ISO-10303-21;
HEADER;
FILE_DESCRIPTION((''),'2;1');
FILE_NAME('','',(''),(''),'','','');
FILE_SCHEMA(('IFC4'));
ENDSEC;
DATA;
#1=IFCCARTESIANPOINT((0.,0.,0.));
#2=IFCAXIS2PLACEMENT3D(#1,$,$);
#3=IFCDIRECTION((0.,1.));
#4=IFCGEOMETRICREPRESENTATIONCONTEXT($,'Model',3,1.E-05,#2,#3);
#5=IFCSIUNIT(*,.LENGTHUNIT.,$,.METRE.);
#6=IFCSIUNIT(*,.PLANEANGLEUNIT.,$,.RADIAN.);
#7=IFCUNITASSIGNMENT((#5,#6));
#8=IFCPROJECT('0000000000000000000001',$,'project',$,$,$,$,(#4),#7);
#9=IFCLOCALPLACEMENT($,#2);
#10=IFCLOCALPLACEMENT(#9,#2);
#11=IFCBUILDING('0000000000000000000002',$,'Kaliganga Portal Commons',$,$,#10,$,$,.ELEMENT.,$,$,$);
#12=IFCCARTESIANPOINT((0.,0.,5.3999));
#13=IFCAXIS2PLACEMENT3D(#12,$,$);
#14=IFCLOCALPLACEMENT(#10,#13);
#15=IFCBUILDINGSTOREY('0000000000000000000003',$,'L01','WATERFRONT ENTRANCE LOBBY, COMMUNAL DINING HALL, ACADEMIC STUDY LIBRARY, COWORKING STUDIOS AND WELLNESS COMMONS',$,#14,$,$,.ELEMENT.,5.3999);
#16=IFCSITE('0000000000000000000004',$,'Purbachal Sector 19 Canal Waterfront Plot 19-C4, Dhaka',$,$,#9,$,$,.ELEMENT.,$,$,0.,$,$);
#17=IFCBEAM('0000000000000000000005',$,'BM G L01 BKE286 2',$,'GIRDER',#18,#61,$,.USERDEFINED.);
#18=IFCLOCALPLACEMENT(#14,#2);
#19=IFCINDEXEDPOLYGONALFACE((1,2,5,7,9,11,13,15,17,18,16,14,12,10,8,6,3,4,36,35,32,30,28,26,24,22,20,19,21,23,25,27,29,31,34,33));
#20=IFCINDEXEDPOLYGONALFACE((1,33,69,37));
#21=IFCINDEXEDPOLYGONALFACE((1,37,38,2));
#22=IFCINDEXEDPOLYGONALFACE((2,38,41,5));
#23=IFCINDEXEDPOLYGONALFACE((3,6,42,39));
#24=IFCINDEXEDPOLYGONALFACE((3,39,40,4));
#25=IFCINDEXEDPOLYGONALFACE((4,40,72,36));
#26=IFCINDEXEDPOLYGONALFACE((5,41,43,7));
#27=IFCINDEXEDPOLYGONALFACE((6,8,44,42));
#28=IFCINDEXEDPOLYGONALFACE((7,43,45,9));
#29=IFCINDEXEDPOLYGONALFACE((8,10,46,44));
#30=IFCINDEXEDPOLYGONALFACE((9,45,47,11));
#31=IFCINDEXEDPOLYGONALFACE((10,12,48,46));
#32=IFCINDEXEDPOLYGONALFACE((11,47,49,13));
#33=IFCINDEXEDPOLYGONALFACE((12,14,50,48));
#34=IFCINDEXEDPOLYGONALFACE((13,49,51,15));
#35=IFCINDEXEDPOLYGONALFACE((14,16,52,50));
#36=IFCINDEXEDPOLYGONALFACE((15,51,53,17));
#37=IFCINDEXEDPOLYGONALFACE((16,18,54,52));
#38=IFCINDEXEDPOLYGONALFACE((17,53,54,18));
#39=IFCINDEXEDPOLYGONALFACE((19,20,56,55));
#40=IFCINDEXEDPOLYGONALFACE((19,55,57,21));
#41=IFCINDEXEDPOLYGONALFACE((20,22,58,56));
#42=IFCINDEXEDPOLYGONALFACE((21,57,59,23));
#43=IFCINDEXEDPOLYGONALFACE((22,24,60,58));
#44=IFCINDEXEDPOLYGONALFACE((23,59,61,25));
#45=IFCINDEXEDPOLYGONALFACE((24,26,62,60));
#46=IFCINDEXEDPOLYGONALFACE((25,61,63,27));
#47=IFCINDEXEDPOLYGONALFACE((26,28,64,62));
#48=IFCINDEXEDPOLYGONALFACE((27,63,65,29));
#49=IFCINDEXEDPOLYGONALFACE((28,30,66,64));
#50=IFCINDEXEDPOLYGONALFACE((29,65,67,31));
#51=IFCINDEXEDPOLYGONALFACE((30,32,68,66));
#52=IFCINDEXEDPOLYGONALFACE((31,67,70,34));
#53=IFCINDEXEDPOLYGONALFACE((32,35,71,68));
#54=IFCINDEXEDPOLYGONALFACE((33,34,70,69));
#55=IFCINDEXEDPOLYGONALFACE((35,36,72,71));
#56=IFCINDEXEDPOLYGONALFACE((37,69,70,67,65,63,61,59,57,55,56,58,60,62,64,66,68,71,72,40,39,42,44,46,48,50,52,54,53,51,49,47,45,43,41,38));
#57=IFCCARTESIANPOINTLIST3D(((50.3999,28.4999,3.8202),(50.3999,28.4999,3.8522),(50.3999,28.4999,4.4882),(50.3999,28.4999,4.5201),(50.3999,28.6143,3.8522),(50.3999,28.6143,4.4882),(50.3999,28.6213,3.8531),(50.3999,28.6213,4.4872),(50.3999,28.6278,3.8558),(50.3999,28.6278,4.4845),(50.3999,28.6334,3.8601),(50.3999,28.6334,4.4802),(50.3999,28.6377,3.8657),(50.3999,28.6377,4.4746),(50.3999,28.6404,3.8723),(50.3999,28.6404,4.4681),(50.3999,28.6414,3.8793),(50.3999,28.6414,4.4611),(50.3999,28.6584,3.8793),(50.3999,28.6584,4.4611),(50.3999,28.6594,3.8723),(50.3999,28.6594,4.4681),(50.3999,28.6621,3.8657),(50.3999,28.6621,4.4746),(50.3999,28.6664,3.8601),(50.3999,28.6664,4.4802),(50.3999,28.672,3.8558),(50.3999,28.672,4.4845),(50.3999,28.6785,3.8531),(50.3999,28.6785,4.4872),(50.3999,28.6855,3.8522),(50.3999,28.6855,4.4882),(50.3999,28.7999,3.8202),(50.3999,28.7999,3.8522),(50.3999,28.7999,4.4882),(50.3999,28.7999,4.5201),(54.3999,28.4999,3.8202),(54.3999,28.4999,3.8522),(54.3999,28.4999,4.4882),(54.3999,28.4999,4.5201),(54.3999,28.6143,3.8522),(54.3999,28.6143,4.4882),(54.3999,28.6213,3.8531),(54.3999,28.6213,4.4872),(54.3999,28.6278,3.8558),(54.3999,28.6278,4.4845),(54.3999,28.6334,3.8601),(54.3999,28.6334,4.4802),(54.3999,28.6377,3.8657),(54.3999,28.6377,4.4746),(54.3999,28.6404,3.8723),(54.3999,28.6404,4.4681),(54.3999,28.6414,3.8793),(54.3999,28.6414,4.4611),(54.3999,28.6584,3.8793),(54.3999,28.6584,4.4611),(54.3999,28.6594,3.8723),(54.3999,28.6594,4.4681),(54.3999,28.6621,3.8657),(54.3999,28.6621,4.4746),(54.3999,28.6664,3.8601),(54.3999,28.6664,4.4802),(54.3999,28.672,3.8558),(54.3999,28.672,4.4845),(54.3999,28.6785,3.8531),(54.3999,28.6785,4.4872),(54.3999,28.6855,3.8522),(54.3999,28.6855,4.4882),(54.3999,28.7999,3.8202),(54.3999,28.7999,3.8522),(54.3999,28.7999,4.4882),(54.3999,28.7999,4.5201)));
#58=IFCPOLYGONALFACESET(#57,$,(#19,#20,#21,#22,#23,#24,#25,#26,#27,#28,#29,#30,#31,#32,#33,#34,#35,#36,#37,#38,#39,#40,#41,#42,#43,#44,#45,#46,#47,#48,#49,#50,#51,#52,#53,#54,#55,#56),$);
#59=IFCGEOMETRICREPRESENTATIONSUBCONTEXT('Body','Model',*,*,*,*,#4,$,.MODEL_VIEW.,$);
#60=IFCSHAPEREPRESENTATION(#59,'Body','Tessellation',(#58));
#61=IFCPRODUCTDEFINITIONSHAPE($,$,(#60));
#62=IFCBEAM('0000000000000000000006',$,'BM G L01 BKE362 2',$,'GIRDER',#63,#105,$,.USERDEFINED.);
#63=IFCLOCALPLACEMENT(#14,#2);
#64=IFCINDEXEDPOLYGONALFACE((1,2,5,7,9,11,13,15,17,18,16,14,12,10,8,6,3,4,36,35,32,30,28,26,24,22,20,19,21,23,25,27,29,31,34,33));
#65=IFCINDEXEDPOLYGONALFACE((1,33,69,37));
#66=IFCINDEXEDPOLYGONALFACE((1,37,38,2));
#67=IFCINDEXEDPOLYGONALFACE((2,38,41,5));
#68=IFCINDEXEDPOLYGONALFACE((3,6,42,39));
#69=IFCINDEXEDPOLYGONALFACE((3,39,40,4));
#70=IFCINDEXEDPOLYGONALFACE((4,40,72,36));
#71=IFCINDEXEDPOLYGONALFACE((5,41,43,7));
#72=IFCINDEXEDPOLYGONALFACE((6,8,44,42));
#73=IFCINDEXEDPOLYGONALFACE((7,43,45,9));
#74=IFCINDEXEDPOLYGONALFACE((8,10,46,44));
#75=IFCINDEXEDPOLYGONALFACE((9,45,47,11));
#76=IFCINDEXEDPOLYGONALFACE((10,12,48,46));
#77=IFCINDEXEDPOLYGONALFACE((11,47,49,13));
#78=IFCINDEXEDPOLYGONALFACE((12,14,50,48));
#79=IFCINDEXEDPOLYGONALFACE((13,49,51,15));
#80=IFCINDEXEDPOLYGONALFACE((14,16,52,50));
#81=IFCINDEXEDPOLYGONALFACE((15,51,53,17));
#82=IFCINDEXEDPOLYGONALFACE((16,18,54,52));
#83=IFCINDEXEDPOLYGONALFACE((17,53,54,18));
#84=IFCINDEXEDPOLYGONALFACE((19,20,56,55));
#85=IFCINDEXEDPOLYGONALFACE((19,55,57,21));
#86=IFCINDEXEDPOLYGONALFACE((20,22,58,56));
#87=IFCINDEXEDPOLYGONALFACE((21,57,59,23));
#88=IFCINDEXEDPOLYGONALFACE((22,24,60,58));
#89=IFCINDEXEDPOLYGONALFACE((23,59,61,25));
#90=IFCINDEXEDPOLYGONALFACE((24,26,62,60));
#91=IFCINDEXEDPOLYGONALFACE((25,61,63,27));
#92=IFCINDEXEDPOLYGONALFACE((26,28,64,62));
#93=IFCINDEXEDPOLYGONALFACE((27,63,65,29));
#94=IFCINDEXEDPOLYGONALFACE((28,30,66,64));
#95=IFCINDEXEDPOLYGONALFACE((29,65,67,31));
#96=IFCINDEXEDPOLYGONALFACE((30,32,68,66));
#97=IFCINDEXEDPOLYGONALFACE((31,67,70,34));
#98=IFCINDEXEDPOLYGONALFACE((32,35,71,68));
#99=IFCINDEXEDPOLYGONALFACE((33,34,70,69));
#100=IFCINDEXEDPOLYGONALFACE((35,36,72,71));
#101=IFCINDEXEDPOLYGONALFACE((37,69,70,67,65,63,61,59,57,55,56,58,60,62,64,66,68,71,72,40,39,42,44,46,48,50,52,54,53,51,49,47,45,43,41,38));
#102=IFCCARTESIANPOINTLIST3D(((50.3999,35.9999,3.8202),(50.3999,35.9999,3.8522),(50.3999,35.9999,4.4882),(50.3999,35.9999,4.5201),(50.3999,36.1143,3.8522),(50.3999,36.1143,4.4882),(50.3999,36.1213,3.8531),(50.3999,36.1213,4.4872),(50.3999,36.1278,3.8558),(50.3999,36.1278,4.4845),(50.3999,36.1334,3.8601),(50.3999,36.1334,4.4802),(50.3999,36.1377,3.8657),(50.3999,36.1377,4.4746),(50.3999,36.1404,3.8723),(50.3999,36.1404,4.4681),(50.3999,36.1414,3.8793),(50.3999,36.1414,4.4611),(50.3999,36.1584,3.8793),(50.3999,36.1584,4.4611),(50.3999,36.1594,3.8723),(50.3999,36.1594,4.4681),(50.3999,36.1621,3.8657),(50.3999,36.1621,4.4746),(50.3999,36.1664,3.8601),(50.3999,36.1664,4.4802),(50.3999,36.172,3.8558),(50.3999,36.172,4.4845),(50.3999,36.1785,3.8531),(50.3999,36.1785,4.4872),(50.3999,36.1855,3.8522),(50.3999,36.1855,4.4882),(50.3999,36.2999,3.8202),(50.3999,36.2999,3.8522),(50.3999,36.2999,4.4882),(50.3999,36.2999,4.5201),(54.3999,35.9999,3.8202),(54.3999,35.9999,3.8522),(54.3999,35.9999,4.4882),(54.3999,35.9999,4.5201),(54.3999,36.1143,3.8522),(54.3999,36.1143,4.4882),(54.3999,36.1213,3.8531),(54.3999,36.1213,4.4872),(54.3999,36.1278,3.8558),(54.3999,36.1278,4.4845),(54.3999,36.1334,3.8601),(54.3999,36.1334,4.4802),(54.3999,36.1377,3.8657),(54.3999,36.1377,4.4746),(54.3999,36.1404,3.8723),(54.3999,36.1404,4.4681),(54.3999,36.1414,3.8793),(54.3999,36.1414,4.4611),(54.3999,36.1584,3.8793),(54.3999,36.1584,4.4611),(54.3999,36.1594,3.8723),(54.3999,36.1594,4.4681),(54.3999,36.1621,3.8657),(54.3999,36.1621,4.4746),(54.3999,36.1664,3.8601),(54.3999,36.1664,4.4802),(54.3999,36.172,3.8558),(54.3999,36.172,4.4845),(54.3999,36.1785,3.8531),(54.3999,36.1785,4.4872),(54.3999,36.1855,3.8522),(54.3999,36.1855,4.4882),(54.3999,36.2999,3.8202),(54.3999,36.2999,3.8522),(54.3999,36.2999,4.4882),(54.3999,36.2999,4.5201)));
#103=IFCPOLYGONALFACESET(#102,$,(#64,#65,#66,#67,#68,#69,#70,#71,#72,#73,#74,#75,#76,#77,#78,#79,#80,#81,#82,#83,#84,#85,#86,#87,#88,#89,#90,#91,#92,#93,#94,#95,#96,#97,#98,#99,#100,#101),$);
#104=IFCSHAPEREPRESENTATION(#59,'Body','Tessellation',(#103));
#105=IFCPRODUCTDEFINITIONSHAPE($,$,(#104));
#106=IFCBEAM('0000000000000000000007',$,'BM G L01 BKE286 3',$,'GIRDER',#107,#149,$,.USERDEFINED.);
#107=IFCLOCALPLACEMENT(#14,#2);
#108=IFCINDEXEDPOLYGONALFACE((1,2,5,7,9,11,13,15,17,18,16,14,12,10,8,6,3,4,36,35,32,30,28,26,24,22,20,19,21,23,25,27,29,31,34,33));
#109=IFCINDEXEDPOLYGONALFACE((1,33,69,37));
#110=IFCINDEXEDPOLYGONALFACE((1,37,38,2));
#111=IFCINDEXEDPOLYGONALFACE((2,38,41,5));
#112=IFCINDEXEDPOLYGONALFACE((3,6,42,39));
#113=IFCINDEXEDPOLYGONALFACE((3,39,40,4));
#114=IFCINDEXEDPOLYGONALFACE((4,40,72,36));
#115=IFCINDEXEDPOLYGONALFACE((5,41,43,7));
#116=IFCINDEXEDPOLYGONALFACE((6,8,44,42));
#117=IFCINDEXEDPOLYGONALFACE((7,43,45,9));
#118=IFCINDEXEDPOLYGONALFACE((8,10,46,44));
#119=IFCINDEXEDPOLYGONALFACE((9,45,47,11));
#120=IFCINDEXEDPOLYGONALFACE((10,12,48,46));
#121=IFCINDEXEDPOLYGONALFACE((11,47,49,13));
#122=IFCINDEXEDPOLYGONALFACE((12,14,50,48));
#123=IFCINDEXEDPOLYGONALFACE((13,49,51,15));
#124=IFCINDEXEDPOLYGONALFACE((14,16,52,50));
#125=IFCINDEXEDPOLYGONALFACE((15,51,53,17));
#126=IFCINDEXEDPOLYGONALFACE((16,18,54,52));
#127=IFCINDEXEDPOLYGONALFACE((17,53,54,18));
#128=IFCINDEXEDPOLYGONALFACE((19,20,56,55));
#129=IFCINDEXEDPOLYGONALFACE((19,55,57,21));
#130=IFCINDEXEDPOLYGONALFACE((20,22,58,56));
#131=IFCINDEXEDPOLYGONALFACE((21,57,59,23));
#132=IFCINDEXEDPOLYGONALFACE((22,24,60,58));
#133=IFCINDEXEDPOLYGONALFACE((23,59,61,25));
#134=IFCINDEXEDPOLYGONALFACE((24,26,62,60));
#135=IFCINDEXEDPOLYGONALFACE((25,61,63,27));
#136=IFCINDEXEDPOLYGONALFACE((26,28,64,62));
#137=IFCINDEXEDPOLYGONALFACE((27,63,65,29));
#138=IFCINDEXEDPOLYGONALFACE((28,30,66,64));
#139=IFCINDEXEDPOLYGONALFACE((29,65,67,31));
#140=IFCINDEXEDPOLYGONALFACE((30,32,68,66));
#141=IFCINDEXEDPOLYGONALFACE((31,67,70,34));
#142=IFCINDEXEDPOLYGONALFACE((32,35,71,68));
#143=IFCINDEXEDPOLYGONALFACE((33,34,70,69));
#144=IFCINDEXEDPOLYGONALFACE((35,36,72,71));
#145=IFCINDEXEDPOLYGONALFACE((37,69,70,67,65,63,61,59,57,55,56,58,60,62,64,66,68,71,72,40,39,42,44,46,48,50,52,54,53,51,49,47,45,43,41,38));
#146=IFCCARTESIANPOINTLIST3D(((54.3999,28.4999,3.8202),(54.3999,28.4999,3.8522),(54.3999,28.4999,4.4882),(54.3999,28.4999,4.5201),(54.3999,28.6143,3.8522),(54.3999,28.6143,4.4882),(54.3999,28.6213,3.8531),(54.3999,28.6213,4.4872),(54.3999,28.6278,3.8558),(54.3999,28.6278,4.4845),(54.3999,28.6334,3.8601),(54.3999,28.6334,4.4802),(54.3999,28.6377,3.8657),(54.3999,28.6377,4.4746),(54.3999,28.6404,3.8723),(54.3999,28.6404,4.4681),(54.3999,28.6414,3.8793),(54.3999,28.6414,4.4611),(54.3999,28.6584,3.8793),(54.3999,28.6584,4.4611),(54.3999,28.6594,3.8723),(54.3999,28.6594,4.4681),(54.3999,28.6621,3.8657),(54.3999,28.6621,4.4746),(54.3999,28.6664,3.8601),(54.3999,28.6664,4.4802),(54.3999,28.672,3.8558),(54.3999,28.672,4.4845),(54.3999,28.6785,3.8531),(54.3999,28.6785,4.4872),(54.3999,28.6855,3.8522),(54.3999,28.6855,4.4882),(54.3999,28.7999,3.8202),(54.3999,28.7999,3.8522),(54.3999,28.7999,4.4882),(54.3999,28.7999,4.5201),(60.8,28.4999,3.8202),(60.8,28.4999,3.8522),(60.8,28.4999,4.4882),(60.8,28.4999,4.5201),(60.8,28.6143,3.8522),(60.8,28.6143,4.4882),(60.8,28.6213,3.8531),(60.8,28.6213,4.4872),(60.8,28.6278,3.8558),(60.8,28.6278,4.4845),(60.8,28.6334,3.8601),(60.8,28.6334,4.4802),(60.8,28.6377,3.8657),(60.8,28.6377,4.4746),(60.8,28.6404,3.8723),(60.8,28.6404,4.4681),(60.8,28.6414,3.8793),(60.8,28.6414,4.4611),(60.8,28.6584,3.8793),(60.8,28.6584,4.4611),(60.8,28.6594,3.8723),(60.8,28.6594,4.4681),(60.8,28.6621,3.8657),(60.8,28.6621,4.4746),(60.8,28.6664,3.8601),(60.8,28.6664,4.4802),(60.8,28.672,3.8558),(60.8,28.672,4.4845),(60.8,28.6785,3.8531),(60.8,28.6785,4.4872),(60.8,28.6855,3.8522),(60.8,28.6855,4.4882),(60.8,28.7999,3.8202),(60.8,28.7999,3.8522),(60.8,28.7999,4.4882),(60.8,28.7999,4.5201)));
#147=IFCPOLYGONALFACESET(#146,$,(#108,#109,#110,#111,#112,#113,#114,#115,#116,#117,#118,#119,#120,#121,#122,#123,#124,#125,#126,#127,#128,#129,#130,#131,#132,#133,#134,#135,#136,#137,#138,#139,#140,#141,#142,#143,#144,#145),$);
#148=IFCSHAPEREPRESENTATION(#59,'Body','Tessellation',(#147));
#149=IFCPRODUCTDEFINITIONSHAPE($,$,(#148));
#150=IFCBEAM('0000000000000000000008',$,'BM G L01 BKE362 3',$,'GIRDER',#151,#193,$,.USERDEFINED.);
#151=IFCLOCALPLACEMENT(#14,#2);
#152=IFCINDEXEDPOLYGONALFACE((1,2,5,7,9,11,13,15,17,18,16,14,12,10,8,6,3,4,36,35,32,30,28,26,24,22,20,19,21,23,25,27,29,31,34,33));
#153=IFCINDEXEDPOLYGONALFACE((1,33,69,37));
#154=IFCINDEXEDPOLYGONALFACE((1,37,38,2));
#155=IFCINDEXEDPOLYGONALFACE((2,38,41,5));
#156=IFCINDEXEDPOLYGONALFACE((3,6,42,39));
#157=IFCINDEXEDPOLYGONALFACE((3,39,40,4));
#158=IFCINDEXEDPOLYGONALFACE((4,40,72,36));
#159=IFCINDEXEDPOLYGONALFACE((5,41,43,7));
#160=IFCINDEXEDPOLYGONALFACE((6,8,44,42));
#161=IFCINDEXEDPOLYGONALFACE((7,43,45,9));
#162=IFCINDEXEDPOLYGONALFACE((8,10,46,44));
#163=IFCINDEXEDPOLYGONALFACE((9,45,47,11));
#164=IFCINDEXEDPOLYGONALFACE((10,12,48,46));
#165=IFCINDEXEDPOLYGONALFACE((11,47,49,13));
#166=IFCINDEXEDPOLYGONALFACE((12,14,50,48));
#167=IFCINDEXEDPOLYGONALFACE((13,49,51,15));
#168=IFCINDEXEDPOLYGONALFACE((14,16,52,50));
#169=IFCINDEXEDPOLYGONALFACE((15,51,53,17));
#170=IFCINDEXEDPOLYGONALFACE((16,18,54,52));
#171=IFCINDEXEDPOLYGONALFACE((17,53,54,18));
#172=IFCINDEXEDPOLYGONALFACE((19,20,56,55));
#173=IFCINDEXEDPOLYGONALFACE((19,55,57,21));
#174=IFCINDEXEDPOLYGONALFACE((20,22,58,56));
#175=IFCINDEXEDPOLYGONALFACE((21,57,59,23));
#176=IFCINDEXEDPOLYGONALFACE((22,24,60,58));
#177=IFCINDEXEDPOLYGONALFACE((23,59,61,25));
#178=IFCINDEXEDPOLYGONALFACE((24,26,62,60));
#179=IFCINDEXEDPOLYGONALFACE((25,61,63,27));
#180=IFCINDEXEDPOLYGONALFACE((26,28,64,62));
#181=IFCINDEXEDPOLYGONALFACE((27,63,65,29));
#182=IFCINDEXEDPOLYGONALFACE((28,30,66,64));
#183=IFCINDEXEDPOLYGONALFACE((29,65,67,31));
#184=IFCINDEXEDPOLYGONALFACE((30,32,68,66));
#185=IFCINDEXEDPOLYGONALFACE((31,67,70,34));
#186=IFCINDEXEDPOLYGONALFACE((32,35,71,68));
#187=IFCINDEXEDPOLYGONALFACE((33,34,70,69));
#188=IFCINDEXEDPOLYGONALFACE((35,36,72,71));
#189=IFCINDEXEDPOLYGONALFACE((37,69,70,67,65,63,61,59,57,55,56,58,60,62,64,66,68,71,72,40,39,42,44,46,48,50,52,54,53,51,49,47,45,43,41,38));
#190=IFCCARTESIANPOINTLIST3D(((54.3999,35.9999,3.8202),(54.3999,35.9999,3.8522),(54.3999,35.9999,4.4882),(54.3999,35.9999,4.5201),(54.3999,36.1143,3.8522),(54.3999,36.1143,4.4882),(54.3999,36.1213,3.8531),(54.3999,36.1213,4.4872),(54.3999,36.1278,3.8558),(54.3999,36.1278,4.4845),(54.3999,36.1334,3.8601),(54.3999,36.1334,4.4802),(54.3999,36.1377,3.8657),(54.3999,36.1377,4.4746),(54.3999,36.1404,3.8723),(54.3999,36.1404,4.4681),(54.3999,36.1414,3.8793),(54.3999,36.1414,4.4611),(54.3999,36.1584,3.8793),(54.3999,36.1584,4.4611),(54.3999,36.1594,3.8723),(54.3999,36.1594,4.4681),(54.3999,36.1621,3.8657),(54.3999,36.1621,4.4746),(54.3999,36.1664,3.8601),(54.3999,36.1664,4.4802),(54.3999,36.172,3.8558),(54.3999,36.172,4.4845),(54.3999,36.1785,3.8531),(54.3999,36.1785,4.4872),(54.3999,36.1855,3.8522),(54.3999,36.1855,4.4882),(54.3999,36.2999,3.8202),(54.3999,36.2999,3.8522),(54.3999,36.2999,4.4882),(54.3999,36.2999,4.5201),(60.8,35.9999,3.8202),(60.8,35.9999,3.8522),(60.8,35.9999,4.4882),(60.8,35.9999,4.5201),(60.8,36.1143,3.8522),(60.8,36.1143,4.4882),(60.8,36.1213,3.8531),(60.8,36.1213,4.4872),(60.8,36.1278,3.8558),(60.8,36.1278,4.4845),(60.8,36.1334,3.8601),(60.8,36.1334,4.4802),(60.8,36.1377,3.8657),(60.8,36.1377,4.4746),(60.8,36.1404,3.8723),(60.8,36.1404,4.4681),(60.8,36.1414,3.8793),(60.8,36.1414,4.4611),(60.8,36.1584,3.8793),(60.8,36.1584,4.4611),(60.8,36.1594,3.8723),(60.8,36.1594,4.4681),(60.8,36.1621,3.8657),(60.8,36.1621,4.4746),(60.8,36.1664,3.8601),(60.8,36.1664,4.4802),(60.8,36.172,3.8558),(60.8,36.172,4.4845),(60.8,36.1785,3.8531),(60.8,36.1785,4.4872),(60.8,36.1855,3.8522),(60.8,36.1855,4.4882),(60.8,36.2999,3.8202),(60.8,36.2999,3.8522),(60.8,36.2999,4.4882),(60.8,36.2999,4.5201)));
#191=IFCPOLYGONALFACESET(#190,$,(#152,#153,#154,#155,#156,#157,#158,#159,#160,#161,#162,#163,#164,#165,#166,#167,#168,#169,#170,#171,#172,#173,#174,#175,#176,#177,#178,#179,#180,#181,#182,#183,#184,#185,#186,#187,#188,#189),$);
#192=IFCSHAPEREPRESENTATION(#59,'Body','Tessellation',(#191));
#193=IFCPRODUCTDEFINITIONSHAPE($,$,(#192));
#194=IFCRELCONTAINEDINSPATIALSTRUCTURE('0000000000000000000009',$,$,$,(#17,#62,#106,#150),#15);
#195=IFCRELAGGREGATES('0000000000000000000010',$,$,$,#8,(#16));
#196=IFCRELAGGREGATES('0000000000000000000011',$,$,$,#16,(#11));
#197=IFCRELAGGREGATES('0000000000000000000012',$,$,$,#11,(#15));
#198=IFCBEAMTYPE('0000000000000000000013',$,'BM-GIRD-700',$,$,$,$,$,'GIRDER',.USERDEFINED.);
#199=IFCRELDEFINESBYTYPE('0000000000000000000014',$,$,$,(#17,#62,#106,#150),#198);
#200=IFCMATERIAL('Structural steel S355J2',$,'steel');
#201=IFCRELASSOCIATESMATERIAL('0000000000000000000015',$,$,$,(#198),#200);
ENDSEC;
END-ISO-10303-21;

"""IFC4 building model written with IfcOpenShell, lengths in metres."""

from ifc_helpers import new_model, si_unit, direction, frame, origin, origin_2d, place, context, subcontext, project, spatial, i_section, extrude, source, transform, mapped, material, material_profile, profile_set, type_object, element, save


model = new_model("IFC4")

# Units and contexts
model_context = context("Model", 3, precision=1e-05, world=origin(), true_north=direction((0.0, 1.0)))
body_context = subcontext(model_context, "Body", "Model", "MODEL_VIEW")
ifc_project = project(units=[si_unit("LENGTHUNIT", "METRE"), si_unit("PLANEANGLEUNIT", "RADIAN")], contexts=[model_context])

# Site, building, storey
site_placement = place(None, origin())
site = spatial("IfcSite", under=ifc_project, at=site_placement, Name="Purbachal Sector 19 Canal Waterfront Plot 19-C4, Dhaka", CompositionType="ELEMENT", RefElevation=0.0)
building_placement = place(site_placement, origin())
building = spatial("IfcBuilding", under=site, at=building_placement, Name="Kaliganga Portal Commons", CompositionType="ELEMENT")
storey_placement = place(building_placement, frame((0.0, 0.0, 5.3999)))
storey = spatial("IfcBuildingStorey", under=building, at=storey_placement, Name="L01", Description="WATERFRONT ENTRANCE LOBBY, COMMUNAL DINING HALL, ACADEMIC STUDY LIBRARY, COWORKING STUDIOS AND WELLNESS COMMONS", CompositionType="ELEMENT", Elevation=5.3999)

# Beams
ifc_material_1 = material(Name="Structural steel S355J2", Category="steel")
ifc_material_profile_1 = material_profile(ifc_material_1, i_section(OverallWidth=0.3, OverallDepth=0.7, WebThickness=0.0171, FlangeThickness=0.032, FilletRadius=0.0271, at=origin_2d()), Name="HE 700 B")
ifc_profile_set_1 = profile_set([ifc_material_profile_1], Name="Structural steel S355J2 wide-flange")
beam_type_1 = type_object("IfcBeamType", Name="BM-GIRD-700", ElementType="GIRDER", PredefinedType="USERDEFINED", material=ifc_profile_set_1)
shared_shape_1 = source(origin(), body_context, "Body", "SweptSolid", [
    extrude(i_section(OverallWidth=0.3, OverallDepth=0.7, WebThickness=0.0171, FlangeThickness=0.032, FilletRadius=0.0271, at=origin_2d()), origin(), (0.0, 0.0, 1.0), 4.0),
])
for number, where, z_axis, x_axis, name in (
    (1, (50.3999, 28.6499, 4.1702), (1.0, 0.0, 0.0), (0.0, 1.0, 0.0), "BM G L01 BKE286 2"),
    (2, (50.3999, 36.1499, 4.1702), (1.0, 0.0, 0.0), (0.0, 1.0, 0.0), "BM G L01 BKE362 2"),
):
    element("IfcBeam", number, at=place(storey_placement, frame(where, z_axis=z_axis, x_axis=x_axis)), inside=storey, type_object=beam_type_1, Name=name, ObjectType="GIRDER", PredefinedType="USERDEFINED", context=body_context, shape_type="MappedRepresentation", body=[
        mapped(shared_shape_1, transform((0.0, 0.0, 0.0), x_axis=(1.0, 0.0, 0.0), y_axis=(0.0, 1.0, 0.0), z_axis=(0.0, 0.0, 1.0), scale=1.0)),
    ])
shared_shape_2 = source(origin(), body_context, "Body", "SweptSolid", [
    extrude(i_section(OverallWidth=0.3, OverallDepth=0.7, WebThickness=0.0171, FlangeThickness=0.032, FilletRadius=0.0271, at=origin_2d()), origin(), (0.0, 0.0, 1.0), 6.4001),
])
for number, where, z_axis, x_axis, name in (
    (3, (54.3999, 28.6499, 4.1702), (1.0, 0.0, 0.0), (0.0, 1.0, 0.0), "BM G L01 BKE286 3"),
    (4, (54.3999, 36.1499, 4.1702), (1.0, 0.0, 0.0), (0.0, 1.0, 0.0), "BM G L01 BKE362 3"),
):
    element("IfcBeam", number, at=place(storey_placement, frame(where, z_axis=z_axis, x_axis=x_axis)), inside=storey, type_object=beam_type_1, Name=name, ObjectType="GIRDER", PredefinedType="USERDEFINED", context=body_context, shape_type="MappedRepresentation", body=[
        mapped(shared_shape_2, transform((0.0, 0.0, 0.0), x_axis=(1.0, 0.0, 0.0), y_axis=(0.0, 1.0, 0.0), z_axis=(0.0, 0.0, 1.0), scale=1.0)),
    ])

save(model, "model.ifc")
